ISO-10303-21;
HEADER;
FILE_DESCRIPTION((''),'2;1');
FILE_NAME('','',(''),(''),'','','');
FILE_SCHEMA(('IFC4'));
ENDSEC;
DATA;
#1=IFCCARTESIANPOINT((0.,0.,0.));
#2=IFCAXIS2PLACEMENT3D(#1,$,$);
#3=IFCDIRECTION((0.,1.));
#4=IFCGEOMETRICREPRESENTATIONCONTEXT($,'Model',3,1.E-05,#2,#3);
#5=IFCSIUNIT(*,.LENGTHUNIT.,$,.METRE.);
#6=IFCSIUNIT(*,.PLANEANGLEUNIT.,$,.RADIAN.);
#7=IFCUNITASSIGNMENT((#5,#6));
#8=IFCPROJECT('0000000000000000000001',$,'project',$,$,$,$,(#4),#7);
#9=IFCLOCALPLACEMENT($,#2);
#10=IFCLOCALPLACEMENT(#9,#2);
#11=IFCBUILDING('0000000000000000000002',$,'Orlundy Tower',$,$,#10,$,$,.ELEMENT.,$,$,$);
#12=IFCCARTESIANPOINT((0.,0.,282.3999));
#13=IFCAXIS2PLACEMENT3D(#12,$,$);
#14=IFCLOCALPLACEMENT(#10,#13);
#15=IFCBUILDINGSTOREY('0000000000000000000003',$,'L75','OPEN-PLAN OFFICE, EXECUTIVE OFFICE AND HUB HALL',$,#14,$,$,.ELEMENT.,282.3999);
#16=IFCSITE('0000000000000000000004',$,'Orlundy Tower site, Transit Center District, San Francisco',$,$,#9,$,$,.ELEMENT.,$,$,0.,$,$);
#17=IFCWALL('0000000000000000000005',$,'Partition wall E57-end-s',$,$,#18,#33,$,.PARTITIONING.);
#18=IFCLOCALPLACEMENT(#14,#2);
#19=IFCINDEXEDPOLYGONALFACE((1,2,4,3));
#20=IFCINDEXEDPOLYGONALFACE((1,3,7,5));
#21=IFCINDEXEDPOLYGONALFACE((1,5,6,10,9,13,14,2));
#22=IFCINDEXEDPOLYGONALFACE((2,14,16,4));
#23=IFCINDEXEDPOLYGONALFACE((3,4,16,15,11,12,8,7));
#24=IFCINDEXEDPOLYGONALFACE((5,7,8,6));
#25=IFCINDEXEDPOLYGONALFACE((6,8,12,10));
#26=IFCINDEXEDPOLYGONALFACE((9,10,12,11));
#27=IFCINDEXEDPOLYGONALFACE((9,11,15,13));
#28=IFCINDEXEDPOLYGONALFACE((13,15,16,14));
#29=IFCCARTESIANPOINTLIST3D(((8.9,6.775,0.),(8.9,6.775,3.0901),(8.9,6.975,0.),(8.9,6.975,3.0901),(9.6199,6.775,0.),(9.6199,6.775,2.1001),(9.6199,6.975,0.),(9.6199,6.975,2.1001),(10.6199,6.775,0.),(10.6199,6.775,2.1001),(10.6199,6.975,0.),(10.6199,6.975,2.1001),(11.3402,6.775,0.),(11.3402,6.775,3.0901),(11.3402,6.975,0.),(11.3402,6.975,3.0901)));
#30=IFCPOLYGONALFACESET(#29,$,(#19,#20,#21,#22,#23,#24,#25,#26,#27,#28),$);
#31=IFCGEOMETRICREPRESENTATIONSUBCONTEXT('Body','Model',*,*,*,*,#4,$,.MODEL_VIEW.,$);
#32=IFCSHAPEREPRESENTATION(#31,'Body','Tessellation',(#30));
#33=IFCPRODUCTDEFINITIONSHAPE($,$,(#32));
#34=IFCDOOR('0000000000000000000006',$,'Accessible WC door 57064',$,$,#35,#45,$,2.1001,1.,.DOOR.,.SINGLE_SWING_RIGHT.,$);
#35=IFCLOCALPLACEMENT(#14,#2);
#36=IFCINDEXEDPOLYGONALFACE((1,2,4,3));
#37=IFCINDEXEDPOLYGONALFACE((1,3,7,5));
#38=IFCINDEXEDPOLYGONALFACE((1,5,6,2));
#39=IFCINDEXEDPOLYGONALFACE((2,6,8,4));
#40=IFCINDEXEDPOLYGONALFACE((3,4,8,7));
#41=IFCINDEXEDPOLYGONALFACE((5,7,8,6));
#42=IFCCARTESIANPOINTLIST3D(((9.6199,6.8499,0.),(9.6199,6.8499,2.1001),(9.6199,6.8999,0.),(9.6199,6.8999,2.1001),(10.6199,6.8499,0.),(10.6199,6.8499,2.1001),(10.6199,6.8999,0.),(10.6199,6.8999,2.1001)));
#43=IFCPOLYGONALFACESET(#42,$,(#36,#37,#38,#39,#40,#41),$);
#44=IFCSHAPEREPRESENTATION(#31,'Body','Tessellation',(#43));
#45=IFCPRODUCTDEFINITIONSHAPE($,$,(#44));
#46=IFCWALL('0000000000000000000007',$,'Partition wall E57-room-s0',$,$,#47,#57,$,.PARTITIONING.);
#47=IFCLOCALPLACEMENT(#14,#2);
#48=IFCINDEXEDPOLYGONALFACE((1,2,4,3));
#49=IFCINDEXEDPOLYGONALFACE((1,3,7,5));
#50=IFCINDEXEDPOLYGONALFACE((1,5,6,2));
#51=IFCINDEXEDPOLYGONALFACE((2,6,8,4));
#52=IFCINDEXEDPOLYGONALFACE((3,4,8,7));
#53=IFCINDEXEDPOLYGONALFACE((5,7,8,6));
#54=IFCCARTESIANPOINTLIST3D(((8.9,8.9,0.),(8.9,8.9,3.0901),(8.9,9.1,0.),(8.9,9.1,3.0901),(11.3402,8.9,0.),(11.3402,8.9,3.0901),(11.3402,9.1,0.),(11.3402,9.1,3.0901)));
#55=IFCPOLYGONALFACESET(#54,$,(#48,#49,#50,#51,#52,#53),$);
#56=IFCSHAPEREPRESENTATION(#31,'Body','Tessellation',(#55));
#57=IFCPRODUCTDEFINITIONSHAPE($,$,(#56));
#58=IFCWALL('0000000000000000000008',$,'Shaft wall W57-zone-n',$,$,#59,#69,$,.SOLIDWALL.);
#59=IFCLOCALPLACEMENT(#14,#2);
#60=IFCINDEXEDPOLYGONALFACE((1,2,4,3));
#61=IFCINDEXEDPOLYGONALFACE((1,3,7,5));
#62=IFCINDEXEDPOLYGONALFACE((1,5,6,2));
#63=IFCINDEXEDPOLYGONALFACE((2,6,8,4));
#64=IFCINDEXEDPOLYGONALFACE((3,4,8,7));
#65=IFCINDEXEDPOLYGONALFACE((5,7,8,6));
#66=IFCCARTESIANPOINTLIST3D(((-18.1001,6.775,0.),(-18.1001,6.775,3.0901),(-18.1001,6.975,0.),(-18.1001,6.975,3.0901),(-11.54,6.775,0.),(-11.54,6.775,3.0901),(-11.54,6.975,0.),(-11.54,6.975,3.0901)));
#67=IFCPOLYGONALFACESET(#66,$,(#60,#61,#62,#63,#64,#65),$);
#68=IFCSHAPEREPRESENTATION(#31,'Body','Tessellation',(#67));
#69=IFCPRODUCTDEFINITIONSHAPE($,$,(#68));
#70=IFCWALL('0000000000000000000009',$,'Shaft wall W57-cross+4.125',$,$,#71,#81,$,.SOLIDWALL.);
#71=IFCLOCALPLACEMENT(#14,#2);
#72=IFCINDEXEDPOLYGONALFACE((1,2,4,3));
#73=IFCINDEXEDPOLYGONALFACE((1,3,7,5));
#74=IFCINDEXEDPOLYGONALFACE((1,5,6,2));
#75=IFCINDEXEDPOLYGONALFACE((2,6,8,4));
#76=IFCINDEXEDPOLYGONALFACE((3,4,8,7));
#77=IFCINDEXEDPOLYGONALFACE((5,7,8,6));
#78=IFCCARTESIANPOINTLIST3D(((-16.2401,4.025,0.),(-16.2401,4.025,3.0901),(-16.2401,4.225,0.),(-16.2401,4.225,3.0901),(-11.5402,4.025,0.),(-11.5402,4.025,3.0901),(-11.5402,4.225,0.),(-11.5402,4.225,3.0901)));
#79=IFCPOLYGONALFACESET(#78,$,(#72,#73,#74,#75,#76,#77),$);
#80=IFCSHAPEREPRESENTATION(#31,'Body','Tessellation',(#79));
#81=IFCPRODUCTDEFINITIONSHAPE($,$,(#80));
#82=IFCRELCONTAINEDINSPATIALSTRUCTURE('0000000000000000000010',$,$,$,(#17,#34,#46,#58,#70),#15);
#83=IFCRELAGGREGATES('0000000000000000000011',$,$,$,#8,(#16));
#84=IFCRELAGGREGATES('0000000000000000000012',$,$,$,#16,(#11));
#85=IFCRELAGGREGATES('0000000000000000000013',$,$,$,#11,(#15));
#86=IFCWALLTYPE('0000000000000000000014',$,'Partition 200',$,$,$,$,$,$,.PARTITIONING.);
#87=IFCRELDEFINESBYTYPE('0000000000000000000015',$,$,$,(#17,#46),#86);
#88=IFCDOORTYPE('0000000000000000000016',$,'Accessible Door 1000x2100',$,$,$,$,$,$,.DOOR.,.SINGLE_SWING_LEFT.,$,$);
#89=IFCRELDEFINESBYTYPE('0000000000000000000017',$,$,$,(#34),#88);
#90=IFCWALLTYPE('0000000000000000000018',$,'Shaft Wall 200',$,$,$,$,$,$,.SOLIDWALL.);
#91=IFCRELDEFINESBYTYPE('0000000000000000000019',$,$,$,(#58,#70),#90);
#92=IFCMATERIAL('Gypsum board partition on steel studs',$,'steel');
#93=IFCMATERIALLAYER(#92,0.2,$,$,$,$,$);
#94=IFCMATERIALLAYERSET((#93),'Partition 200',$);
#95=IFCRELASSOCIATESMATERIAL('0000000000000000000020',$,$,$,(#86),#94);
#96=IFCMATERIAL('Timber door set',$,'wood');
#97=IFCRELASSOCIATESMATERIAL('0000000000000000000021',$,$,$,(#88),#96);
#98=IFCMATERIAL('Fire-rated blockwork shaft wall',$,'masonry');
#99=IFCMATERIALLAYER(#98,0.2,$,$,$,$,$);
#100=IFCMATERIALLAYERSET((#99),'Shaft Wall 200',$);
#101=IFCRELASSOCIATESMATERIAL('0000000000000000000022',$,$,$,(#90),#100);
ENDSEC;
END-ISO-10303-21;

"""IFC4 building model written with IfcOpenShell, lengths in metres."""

from ifc_helpers import new_model, si_unit, direction, frame, frame_2d, origin, place, context, subcontext, project, spatial, rectangle, extrude, material, layer, layer_set, type_object, element, fill, save


model = new_model("IFC4")

# Units and contexts
model_context = context("Model", 3, precision=1e-05, world=origin(), true_north=direction((0.0, 1.0)))
body_context = subcontext(model_context, "Body", "Model", "MODEL_VIEW")
ifc_project = project(units=[si_unit("LENGTHUNIT", "METRE"), si_unit("PLANEANGLEUNIT", "RADIAN")], contexts=[model_context])

# Site, building, storey
site_placement = place(None, origin())
site = spatial("IfcSite", under=ifc_project, at=site_placement, Name="Orlundy Tower site, Transit Center District, San Francisco", CompositionType="ELEMENT", RefElevation=0.0)
building_placement = place(site_placement, origin())
building = spatial("IfcBuilding", under=site, at=building_placement, Name="Orlundy Tower", CompositionType="ELEMENT")
storey_placement = place(building_placement, frame((0.0, 0.0, 282.3999)))
storey = spatial("IfcBuildingStorey", under=building, at=storey_placement, Name="L75", Description="OPEN-PLAN OFFICE, EXECUTIVE OFFICE AND HUB HALL", CompositionType="ELEMENT", Elevation=282.3999)

# Shared definitions
ifc_material_1 = material(Name="Gypsum board partition on steel studs", Category="steel")
ifc_layer_1 = layer(ifc_material_1, 0.2)
ifc_layer_set_1 = layer_set([ifc_layer_1], Name="Partition 200")
wall_type_1 = type_object("IfcWallType", Name="Partition 200", PredefinedType="PARTITIONING", material=ifc_layer_set_1)

# Wall, opening, door
wall_1_placement = place(storey_placement, frame((8.8999, 6.875, 0.0), z_axis=(0.0, 0.0, 1.0), x_axis=(1.0, 0.0, 0.0)))
wall_1 = element("IfcWall", 1, at=wall_1_placement, inside=storey, type_object=wall_type_1, Name="Partition wall E57-end-s", PredefinedType="PARTITIONING", context=body_context, shape_type="SweptSolid", body=[
    extrude(rectangle(XDim=2.4402, YDim=0.2, at=frame_2d((1.2202, 0.0))), origin(), (0.0, 0.0, 1.0), 3.0901),
])
opening_1_placement = place(wall_1_placement, frame((0.72, 0.0, 0.0)))
opening_1 = element("IfcOpeningElement", 2, at=opening_1_placement, cuts=wall_1, PredefinedType="OPENING", context=body_context, shape_type="SweptSolid", body=[
    extrude(rectangle(XDim=1.0, YDim=2.1001, at=frame_2d((0.5, 1.05))), frame((0.0, 0.1101, 0.0), z_axis=(0.0, -1.0, 0.0), x_axis=(1.0, 0.0, 0.0)), (0.0, 0.0, 1.0), 0.2202),
])
ifc_material_2 = material(Name="Timber door set", Category="wood")
door_type_1 = type_object("IfcDoorType", Name="Accessible Door 1000x2100", OperationType="SINGLE_SWING_LEFT", PredefinedType="DOOR", material=ifc_material_2)
door_1_placement = place(opening_1_placement, origin())
door_1 = element("IfcDoor", 3, at=door_1_placement, inside=storey, type_object=door_type_1, Name="Accessible WC door 57064", OperationType="SINGLE_SWING_RIGHT", OverallHeight=2.1001, OverallWidth=1.0, PredefinedType="DOOR", context=body_context, shape_type="SweptSolid", body=[
    extrude(rectangle(XDim=1.0, YDim=2.1001, at=frame_2d((0.5, 1.05))), frame((0.0, 0.0249, 0.0), z_axis=(0.0, -1.0, 0.0), x_axis=(1.0, 0.0, 0.0)), (0.0, 0.0, 1.0), 0.05),
])
fill(opening_1, door_1)

# Walls
wall_2_placement = place(storey_placement, frame((8.8999, 9.0, 0.0), z_axis=(0.0, 0.0, 1.0), x_axis=(1.0, 0.0, 0.0)))
element("IfcWall", 4, at=wall_2_placement, inside=storey, type_object=wall_type_1, Name="Partition wall E57-room-s0", PredefinedType="PARTITIONING", context=body_context, shape_type="SweptSolid", body=[
    extrude(rectangle(XDim=2.4402, YDim=0.2, at=frame_2d((1.2202, 0.0))), origin(), (0.0, 0.0, 1.0), 3.0901),
])
ifc_material_3 = material(Name="Fire-rated blockwork shaft wall", Category="masonry")
ifc_layer_2 = layer(ifc_material_3, 0.2)
ifc_layer_set_2 = layer_set([ifc_layer_2], Name="Shaft Wall 200")
wall_type_2 = type_object("IfcWallType", Name="Shaft Wall 200", PredefinedType="SOLIDWALL", material=ifc_layer_set_2)
wall_3_placement = place(storey_placement, frame((-11.54, 6.875, 0.0), z_axis=(0.0, 0.0, 1.0), x_axis=(-1.0, 0.0, 0.0)))
element("IfcWall", 5, at=wall_3_placement, inside=storey, type_object=wall_type_2, Name="Shaft wall W57-zone-n", PredefinedType="SOLIDWALL", context=body_context, shape_type="SweptSolid", body=[
    extrude(rectangle(XDim=6.5601, YDim=0.2, at=frame_2d((3.28, 0.0))), origin(), (0.0, 0.0, 1.0), 3.0901),
])
wall_4_placement = place(storey_placement, frame((-11.54, 4.125, 0.0), z_axis=(0.0, 0.0, 1.0), x_axis=(-1.0, 0.0, 0.0)))
element("IfcWall", 6, at=wall_4_placement, inside=storey, type_object=wall_type_2, Name="Shaft wall W57-cross+4.125", PredefinedType="SOLIDWALL", context=body_context, shape_type="SweptSolid", body=[
    extrude(rectangle(XDim=4.7, YDim=0.2, at=frame_2d((2.3501, 0.0))), origin(), (0.0, 0.0, 1.0), 3.0901),
])

save(model, "model.ifc")
